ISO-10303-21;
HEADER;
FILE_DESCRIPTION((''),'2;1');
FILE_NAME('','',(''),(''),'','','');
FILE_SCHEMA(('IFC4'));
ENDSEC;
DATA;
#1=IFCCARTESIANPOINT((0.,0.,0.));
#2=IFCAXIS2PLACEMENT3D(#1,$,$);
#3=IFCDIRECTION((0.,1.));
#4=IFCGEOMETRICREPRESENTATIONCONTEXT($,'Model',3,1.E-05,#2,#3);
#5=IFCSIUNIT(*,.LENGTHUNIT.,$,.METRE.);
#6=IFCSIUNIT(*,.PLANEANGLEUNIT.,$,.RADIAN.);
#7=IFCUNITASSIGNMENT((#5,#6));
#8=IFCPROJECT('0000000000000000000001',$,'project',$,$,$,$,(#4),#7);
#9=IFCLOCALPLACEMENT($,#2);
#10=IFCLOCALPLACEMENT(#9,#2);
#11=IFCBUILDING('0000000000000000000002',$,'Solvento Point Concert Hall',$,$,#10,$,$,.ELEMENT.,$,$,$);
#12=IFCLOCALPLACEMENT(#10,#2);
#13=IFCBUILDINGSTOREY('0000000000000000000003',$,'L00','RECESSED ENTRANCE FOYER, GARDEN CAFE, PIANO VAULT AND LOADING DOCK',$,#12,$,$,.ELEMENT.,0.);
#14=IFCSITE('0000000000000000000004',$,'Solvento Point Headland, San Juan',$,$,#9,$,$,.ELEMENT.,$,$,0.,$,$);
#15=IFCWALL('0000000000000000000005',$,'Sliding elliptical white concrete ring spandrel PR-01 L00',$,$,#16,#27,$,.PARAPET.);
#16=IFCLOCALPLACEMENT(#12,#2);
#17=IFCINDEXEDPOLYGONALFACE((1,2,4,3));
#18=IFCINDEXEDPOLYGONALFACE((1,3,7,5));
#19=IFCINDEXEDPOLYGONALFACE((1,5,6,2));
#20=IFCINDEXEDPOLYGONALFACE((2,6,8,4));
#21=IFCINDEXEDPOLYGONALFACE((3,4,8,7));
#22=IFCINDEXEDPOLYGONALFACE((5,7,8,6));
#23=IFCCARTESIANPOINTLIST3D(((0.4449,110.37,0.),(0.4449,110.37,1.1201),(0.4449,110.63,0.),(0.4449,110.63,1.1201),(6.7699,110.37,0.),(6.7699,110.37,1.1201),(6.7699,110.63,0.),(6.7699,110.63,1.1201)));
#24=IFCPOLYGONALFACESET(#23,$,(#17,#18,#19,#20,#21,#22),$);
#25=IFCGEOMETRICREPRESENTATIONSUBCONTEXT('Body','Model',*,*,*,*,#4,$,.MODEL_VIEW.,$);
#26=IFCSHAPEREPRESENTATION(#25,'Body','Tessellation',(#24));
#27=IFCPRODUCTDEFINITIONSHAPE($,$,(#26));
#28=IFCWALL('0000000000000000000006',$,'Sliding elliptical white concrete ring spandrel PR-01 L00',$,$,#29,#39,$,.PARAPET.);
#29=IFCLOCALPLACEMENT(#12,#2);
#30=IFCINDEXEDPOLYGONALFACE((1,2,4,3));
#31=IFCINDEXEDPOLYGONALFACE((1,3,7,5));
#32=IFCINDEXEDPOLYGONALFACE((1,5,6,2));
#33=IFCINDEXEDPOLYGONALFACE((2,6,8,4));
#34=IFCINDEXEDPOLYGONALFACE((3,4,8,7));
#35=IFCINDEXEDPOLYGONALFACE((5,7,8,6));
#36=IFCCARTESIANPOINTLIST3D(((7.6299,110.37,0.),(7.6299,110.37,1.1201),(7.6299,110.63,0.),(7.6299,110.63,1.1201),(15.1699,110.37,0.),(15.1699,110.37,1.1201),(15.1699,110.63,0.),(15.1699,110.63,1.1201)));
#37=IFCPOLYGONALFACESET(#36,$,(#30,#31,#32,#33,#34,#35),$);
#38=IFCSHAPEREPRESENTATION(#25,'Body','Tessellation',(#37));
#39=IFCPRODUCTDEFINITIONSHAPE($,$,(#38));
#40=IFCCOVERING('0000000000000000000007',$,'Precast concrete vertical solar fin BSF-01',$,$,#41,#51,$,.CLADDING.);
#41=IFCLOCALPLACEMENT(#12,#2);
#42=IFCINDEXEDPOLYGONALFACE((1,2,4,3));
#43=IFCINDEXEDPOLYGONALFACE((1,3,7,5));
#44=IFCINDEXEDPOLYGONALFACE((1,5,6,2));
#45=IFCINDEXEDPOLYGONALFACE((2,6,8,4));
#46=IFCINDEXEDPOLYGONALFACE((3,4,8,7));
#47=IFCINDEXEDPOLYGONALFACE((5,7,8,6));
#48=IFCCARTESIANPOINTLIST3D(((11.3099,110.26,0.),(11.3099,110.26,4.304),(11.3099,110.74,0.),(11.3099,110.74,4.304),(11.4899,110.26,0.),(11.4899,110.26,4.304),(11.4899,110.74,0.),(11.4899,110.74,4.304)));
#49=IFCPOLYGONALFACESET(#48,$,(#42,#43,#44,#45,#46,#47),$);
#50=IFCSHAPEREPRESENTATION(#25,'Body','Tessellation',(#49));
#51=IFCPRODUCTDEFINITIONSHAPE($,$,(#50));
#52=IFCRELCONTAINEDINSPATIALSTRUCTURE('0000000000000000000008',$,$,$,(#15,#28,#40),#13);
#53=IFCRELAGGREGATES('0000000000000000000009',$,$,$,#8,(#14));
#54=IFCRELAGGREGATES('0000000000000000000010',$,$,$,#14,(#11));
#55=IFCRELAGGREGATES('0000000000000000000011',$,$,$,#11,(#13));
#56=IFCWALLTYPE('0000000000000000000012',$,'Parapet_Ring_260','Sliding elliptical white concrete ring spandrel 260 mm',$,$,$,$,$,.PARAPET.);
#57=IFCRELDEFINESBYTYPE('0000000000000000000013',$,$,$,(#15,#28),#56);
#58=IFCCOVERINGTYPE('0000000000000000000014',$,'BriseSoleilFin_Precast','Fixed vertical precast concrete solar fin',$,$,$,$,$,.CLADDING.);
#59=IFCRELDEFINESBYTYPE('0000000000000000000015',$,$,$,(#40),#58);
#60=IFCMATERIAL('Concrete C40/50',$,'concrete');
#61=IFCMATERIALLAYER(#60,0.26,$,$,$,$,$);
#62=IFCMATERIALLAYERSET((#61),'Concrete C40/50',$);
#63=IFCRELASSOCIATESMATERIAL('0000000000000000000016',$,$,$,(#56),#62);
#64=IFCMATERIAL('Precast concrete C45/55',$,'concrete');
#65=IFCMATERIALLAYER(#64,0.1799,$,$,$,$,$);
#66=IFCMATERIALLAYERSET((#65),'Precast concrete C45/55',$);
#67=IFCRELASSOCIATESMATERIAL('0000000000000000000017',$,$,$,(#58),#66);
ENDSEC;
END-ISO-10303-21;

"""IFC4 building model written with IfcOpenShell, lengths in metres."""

from ifc_helpers import new_model, si_unit, direction, frame, frame_2d, origin, origin_2d, place, context, subcontext, project, spatial, rectangle, extrude, material, layer, layer_set, type_object, element, save


model = new_model("IFC4")

# Units and contexts
model_context = context("Model", 3, precision=1e-05, world=origin(), true_north=direction((0.0, 1.0)))
body_context = subcontext(model_context, "Body", "Model", "MODEL_VIEW")
ifc_project = project(units=[si_unit("LENGTHUNIT", "METRE"), si_unit("PLANEANGLEUNIT", "RADIAN")], contexts=[model_context])

# Site, building, storey
site_placement = place(None, origin())
site = spatial("IfcSite", under=ifc_project, at=site_placement, Name="Solvento Point Headland, San Juan", CompositionType="ELEMENT", RefElevation=0.0)
building_placement = place(site_placement, origin())
building = spatial("IfcBuilding", under=site, at=building_placement, Name="Solvento Point Concert Hall", CompositionType="ELEMENT")
storey_placement = place(building_placement, origin())
storey = spatial("IfcBuildingStorey", under=building, at=storey_placement, Name="L00", Description="RECESSED ENTRANCE FOYER, GARDEN CAFE, PIANO VAULT AND LOADING DOCK", CompositionType="ELEMENT", Elevation=0.0)

# Walls
ifc_material_1 = material(Name="Concrete C40/50", Category="concrete")
ifc_layer_1 = layer(ifc_material_1, 0.26)
ifc_layer_set_1 = layer_set([ifc_layer_1], Name="Concrete C40/50")
wall_type = type_object("IfcWallType", Name="Parapet_Ring_260", Description="Sliding elliptical white concrete ring spandrel 260 mm", PredefinedType="PARAPET", material=ifc_layer_set_1)
wall_1_placement = place(storey_placement, frame((6.77, 110.5, 0.0), z_axis=(0.0, 0.0, 1.0), x_axis=(-1.0, 0.0, 0.0)))
element("IfcWall", 1, at=wall_1_placement, inside=storey, type_object=wall_type, Name="Sliding elliptical white concrete ring spandrel PR-01 L00", PredefinedType="PARAPET", context=body_context, shape_type="SweptSolid", body=[
    extrude(rectangle(XDim=6.325, YDim=0.26, at=frame_2d((3.1626, 0.0))), origin(), (0.0, 0.0, 1.0), 1.1201),
])
wall_2_placement = place(storey_placement, frame((15.1699, 110.5, 0.0), z_axis=(0.0, 0.0, 1.0), x_axis=(-1.0, 0.0, 0.0)))
element("IfcWall", 2, at=wall_2_placement, inside=storey, type_object=wall_type, Name="Sliding elliptical white concrete ring spandrel PR-01 L00", PredefinedType="PARAPET", context=body_context, shape_type="SweptSolid", body=[
    extrude(rectangle(XDim=7.54, YDim=0.26, at=frame_2d((3.77, 0.0))), origin(), (0.0, 0.0, 1.0), 1.1201),
])

# Covering
ifc_material_2 = material(Name="Precast concrete C45/55", Category="concrete")
ifc_layer_2 = layer(ifc_material_2, 0.1799)
ifc_layer_set_2 = layer_set([ifc_layer_2], Name="Precast concrete C45/55")
covering_type = type_object("IfcCoveringType", Name="BriseSoleilFin_Precast", Description="Fixed vertical precast concrete solar fin", PredefinedType="CLADDING", material=ifc_layer_set_2)
covering_placement = place(storey_placement, frame((11.3999, 110.5, 0.0), z_axis=(0.0, 0.0, 1.0), x_axis=(1.0, 0.0, 0.0)))
element("IfcCovering", 3, at=covering_placement, inside=storey, type_object=covering_type, Name="Precast concrete vertical solar fin BSF-01", PredefinedType="CLADDING", context=body_context, shape_type="SweptSolid", body=[
    extrude(rectangle(XDim=0.1799, YDim=0.48, at=origin_2d()), origin(), (0.0, 0.0, 1.0), 4.304),
])

save(model, "model.ifc")
